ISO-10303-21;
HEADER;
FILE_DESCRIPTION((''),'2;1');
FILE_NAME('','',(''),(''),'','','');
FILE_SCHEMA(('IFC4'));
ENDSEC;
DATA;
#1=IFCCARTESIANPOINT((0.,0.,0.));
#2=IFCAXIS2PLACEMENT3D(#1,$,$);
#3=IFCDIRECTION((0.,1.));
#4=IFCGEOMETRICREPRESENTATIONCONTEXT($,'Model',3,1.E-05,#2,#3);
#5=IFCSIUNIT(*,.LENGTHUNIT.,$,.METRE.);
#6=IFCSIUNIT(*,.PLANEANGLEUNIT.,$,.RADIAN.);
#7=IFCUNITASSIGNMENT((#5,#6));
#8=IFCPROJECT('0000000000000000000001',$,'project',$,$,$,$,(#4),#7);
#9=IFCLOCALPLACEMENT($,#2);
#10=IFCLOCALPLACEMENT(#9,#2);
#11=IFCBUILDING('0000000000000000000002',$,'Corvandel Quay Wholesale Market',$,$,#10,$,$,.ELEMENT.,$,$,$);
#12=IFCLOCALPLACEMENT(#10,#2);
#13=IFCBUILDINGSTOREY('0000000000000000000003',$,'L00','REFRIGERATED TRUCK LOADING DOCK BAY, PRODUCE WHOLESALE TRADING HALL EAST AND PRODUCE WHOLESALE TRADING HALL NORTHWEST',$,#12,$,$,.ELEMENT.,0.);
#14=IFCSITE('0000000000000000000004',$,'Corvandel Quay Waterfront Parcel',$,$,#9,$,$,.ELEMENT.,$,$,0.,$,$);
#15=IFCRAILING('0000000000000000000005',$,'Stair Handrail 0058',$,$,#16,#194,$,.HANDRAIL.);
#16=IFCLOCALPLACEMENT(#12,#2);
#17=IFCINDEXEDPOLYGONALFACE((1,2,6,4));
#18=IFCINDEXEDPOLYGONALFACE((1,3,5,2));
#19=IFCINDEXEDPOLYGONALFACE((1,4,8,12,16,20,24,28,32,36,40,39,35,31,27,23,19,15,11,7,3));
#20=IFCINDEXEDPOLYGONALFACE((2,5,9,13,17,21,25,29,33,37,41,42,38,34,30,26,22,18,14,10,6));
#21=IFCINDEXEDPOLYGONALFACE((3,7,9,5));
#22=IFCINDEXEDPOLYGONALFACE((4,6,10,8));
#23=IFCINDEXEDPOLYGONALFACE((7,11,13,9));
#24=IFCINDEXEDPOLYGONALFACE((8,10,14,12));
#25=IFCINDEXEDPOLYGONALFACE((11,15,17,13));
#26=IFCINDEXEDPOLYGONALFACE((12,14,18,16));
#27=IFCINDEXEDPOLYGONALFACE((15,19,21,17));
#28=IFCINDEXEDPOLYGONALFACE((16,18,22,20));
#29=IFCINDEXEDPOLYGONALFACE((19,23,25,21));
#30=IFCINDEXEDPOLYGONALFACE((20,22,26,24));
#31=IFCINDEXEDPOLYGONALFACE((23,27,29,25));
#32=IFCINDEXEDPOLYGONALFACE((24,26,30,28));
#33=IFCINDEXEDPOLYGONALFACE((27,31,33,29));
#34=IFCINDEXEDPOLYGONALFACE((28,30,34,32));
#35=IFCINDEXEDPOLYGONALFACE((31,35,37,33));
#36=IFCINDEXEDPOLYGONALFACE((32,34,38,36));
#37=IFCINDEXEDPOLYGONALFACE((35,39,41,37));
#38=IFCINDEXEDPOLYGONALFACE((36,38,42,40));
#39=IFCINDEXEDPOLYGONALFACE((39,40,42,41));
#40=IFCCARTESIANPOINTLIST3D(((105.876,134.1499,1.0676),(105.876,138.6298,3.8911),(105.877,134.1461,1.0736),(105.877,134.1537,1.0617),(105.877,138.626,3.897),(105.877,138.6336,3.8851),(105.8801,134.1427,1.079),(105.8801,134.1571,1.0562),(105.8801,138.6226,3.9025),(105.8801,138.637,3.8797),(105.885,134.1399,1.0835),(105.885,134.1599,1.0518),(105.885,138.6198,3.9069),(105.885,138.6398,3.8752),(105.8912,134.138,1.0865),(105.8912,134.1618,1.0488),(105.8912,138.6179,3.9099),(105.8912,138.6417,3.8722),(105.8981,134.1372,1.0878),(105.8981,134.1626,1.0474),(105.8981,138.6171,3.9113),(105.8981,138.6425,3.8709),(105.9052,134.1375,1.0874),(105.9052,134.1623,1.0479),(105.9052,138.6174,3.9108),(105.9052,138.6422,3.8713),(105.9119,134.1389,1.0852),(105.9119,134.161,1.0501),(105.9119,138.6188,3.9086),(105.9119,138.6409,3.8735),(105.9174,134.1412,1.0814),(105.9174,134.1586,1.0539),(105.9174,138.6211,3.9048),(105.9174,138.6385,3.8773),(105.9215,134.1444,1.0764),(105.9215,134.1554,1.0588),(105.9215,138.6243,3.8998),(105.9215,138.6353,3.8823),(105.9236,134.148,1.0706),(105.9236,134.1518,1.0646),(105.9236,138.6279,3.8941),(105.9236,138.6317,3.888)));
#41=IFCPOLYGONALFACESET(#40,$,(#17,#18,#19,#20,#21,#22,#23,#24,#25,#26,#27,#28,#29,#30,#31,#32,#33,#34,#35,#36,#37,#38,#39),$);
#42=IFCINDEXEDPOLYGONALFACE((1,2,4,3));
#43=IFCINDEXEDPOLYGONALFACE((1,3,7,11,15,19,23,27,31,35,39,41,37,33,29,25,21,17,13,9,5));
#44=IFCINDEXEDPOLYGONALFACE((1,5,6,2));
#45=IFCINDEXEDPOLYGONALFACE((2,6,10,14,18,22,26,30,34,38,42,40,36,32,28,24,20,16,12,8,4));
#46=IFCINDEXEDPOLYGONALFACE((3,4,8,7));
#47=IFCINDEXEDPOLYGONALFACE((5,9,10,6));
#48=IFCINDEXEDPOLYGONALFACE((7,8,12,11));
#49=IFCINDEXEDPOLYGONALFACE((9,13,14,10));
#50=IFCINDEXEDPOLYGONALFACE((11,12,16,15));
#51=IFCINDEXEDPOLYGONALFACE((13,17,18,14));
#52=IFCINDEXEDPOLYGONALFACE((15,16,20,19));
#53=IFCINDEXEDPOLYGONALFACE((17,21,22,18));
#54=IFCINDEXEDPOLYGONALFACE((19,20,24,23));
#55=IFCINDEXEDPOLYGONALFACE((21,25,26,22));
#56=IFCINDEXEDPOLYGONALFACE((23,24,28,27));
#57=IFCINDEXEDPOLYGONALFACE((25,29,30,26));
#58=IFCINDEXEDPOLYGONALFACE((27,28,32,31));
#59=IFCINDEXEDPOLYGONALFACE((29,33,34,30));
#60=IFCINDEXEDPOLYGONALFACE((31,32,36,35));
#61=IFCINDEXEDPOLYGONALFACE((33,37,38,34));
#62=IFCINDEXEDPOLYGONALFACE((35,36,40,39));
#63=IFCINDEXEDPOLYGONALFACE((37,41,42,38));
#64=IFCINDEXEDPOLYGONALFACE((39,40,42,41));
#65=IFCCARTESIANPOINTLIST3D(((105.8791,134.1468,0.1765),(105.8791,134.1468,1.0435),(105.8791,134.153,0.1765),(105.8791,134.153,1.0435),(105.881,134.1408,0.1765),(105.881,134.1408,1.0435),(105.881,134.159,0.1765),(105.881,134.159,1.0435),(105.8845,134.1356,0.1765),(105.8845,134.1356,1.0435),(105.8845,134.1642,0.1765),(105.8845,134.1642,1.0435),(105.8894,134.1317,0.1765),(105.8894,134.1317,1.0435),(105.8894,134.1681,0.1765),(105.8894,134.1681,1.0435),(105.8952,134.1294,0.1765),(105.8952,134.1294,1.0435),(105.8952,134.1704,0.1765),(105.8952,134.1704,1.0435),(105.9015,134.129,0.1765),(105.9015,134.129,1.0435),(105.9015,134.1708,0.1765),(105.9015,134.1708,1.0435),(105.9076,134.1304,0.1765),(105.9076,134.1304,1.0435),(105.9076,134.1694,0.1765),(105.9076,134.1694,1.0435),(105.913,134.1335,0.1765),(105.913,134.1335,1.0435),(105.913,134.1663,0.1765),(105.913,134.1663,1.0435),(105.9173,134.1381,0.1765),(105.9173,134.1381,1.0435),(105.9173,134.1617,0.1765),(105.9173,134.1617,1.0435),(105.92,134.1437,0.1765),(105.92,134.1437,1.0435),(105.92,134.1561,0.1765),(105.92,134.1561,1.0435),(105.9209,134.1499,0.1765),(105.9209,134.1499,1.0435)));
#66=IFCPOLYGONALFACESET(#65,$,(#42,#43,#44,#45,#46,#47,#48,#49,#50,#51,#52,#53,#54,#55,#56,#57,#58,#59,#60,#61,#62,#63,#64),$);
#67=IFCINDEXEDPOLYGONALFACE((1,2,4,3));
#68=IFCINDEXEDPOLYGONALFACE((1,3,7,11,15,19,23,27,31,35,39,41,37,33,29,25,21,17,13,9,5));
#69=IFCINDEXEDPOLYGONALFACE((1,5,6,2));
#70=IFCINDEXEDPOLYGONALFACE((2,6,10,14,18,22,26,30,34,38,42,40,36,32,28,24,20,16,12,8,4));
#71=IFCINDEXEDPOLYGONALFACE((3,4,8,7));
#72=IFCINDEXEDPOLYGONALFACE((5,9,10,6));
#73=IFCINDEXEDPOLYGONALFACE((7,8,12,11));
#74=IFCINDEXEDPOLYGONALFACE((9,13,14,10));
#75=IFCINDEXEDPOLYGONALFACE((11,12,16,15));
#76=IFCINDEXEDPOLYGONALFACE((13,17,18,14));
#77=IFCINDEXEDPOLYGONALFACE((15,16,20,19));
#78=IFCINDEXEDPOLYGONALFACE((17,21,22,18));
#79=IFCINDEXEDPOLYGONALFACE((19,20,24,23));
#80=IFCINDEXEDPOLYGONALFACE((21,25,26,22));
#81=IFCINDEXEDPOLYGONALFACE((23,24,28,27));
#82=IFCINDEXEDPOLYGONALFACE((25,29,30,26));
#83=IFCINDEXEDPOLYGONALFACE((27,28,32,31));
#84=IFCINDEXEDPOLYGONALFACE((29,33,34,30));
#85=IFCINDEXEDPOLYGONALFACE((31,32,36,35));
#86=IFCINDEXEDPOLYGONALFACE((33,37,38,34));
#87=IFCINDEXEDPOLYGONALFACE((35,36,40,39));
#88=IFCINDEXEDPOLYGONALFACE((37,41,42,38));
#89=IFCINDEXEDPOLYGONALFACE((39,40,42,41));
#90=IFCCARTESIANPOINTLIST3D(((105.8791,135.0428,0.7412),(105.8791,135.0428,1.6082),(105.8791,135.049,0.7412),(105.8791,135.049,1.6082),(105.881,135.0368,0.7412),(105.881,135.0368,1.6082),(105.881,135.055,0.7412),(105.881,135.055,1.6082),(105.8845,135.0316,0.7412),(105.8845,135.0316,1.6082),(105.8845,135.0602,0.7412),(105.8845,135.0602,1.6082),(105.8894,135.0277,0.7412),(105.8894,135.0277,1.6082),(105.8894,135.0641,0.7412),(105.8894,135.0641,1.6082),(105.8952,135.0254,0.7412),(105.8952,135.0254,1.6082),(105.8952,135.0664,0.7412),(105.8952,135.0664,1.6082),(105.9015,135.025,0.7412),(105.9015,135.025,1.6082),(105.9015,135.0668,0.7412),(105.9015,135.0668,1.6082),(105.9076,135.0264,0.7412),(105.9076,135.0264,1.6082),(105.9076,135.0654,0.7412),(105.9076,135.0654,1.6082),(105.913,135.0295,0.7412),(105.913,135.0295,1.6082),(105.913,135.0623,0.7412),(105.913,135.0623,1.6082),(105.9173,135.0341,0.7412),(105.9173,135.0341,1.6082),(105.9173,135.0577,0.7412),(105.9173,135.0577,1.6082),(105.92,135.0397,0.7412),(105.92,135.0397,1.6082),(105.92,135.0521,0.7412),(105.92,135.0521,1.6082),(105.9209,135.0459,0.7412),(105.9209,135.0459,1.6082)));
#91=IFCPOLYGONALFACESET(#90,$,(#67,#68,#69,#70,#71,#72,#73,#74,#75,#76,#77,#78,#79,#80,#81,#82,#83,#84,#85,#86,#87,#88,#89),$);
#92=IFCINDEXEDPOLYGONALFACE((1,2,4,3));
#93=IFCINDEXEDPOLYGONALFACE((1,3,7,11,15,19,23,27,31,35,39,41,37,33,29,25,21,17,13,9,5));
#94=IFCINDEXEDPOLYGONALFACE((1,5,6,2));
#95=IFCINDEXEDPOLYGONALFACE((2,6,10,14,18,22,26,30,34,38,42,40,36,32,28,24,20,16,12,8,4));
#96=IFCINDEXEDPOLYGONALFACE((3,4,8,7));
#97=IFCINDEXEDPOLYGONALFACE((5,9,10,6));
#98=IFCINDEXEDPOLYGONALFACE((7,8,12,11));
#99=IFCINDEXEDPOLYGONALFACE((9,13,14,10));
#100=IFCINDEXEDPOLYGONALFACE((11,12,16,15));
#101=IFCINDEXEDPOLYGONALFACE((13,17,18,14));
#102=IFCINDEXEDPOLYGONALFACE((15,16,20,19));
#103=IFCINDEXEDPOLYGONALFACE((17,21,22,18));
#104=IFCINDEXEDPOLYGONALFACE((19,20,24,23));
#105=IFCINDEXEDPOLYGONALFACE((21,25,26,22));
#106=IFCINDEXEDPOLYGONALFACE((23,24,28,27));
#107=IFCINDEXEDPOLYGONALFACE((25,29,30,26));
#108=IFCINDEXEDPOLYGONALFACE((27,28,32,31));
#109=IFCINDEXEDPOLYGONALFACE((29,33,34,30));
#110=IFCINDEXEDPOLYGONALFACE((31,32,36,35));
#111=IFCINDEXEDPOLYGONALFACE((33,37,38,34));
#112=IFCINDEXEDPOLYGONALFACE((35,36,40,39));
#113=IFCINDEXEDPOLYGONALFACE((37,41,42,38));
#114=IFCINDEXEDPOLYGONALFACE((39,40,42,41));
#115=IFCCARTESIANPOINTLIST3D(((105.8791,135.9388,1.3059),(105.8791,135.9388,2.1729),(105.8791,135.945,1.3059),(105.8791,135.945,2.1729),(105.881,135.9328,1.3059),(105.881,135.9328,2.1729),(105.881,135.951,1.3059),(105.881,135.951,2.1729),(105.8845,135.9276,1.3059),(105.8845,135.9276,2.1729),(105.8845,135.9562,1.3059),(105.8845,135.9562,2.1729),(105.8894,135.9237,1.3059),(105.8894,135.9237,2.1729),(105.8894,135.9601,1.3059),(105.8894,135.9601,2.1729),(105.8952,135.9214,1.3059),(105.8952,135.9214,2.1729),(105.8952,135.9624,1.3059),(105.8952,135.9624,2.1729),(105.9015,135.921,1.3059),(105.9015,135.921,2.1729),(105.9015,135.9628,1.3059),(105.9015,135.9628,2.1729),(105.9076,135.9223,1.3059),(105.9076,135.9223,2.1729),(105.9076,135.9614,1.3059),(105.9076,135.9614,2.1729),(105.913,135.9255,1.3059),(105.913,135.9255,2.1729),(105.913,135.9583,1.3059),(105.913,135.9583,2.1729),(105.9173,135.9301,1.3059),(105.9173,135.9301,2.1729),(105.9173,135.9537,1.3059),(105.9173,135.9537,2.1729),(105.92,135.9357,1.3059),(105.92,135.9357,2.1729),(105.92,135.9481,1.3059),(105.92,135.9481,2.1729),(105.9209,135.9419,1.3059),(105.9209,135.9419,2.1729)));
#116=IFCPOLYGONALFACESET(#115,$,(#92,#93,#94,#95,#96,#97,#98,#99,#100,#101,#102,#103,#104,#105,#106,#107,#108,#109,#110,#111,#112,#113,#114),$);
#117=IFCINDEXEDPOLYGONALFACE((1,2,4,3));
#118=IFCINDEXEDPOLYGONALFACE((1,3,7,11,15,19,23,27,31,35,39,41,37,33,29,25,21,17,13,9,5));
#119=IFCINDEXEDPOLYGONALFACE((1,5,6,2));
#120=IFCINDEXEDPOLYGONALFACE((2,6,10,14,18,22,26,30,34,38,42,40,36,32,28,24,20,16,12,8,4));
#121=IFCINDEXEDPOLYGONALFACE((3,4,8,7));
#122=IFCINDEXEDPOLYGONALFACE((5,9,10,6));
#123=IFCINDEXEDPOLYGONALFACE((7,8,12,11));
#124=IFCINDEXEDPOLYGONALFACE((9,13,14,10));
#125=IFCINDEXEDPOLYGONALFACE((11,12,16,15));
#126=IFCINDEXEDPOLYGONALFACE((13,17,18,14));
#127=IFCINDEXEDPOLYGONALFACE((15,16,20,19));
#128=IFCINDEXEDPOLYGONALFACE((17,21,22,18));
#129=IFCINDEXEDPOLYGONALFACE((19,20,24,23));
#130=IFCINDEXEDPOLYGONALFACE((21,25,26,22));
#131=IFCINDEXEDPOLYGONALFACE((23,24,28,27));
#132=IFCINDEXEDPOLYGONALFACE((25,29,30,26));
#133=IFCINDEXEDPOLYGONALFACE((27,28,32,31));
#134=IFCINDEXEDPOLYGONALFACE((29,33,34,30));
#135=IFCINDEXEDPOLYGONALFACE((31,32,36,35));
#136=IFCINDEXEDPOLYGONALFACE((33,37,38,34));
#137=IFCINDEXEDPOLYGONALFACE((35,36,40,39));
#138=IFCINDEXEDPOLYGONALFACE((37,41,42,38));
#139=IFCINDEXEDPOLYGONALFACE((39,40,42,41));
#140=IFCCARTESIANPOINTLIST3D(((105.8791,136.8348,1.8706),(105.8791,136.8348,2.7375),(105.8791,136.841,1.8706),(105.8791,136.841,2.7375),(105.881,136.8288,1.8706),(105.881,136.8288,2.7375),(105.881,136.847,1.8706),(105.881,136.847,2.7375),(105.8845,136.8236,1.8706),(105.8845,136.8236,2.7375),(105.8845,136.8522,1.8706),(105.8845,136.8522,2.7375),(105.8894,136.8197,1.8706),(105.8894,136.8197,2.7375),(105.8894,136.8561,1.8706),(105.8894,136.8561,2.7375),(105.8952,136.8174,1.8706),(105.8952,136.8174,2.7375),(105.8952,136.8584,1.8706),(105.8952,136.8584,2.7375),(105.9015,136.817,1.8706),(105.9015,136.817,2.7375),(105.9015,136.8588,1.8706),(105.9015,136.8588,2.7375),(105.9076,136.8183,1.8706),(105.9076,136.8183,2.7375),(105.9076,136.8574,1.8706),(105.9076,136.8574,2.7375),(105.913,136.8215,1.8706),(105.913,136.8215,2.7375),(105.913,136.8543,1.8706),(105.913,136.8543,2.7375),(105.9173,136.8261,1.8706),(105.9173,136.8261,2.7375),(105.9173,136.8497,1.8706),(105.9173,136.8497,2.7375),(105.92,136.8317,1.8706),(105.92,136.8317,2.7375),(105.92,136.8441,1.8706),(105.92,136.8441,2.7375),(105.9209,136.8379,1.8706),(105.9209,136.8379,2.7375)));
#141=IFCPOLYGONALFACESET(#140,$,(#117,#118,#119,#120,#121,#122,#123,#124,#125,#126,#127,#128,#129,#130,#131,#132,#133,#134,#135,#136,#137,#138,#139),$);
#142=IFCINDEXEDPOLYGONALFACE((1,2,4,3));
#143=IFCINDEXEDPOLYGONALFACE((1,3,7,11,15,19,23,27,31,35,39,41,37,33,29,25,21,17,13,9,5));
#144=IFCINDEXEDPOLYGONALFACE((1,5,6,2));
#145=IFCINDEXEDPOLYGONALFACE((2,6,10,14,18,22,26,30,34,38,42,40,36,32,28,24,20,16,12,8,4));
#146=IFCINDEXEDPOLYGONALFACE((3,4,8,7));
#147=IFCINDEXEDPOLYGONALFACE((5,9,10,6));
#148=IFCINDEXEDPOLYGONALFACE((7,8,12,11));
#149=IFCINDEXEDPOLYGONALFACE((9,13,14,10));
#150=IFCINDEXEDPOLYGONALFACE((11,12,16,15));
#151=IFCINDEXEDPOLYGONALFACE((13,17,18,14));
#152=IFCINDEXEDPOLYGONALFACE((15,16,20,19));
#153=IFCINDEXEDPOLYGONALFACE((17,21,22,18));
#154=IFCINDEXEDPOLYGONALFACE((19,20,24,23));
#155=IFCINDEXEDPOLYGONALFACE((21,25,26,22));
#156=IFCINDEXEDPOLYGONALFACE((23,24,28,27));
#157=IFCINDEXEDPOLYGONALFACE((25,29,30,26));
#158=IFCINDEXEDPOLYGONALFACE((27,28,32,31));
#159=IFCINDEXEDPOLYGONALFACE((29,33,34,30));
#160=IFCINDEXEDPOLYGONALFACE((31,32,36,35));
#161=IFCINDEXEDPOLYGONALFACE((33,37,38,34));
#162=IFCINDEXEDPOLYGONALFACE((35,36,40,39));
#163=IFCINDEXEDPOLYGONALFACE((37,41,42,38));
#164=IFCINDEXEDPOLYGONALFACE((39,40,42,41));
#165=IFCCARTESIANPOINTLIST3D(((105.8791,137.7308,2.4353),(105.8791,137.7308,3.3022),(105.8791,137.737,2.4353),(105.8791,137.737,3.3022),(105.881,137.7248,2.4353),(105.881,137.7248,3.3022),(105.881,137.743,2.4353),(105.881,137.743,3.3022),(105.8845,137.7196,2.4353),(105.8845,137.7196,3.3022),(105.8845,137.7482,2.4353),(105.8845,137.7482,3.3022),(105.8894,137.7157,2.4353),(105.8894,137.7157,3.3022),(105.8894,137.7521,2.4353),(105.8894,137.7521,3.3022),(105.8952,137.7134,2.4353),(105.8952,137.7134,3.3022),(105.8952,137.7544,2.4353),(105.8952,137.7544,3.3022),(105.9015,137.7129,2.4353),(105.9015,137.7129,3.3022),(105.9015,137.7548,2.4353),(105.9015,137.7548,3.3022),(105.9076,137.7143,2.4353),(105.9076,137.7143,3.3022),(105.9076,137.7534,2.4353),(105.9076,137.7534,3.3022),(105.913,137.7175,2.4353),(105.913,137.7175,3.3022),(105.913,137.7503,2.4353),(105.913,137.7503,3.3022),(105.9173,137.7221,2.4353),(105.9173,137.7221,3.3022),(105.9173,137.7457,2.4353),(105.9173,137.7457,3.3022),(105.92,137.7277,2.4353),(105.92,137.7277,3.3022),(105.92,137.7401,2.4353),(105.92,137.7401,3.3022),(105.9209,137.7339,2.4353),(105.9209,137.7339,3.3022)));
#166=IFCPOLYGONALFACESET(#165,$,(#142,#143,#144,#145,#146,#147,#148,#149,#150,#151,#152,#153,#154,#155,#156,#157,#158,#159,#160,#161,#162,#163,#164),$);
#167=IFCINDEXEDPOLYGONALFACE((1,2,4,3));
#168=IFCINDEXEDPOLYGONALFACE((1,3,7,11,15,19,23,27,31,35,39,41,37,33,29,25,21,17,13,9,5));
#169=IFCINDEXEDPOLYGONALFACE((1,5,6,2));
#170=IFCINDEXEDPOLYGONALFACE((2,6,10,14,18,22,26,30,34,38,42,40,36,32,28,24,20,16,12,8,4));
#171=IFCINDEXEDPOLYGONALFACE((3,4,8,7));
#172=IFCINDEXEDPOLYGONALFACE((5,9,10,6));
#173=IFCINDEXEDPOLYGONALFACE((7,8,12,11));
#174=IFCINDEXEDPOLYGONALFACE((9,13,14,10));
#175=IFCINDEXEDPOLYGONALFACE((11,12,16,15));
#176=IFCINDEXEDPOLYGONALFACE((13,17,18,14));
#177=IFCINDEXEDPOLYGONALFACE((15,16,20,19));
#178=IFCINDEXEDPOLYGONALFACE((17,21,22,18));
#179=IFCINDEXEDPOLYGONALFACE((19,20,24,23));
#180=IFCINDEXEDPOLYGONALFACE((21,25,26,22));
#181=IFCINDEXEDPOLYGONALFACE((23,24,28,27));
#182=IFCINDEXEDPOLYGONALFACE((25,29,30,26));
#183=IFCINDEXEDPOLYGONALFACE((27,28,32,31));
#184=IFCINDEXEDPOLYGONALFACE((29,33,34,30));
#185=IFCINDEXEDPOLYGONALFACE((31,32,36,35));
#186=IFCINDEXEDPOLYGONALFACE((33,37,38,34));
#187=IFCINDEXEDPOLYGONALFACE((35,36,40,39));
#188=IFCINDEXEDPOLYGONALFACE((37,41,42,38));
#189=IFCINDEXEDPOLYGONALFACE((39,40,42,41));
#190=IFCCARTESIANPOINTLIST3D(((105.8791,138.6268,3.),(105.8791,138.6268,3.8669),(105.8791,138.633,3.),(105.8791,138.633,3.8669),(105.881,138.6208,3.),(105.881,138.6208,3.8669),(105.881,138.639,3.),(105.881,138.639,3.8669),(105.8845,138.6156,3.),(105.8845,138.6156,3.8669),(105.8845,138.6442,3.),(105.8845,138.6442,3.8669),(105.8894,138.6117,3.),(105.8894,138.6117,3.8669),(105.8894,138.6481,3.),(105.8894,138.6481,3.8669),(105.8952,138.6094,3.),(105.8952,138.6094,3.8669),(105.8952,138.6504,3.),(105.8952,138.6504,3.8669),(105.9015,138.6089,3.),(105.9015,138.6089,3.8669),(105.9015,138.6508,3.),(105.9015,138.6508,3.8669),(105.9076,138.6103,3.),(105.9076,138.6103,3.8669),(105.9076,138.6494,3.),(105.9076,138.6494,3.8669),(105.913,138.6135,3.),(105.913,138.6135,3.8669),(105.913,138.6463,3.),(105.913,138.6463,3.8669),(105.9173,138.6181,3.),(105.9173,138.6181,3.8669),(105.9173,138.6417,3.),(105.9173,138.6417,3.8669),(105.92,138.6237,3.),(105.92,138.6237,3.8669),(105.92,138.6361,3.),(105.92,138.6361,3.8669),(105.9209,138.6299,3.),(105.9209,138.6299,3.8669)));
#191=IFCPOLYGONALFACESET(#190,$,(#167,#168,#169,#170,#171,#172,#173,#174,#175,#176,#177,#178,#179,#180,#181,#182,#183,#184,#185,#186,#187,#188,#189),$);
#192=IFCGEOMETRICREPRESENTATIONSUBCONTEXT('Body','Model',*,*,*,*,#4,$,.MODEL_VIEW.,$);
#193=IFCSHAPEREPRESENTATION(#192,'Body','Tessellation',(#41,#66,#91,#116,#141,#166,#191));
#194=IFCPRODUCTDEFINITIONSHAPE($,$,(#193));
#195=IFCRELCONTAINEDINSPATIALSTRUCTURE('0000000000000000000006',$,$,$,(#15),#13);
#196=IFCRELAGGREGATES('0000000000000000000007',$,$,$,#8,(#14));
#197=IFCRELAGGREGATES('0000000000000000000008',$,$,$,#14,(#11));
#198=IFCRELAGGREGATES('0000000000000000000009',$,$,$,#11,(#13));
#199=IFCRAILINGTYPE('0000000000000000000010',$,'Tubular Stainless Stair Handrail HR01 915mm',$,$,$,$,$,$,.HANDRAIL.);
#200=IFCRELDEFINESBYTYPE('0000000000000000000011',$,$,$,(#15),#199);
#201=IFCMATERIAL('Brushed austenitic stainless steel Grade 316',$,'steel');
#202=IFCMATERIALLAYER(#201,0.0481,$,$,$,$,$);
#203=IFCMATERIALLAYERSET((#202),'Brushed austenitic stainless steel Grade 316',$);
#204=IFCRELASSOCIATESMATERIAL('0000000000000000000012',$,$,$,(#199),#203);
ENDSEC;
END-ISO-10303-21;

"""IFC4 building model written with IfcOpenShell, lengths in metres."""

from ifc_helpers import new_model, si_unit, direction, frame, origin, origin_2d, place, context, subcontext, project, spatial, circle, extrude, material, layer, layer_set, type_object, element, save


model = new_model("IFC4")

# Units and contexts
model_context = context("Model", 3, precision=1e-05, world=origin(), true_north=direction((0.0, 1.0)))
body_context = subcontext(model_context, "Body", "Model", "MODEL_VIEW")
ifc_project = project(units=[si_unit("LENGTHUNIT", "METRE"), si_unit("PLANEANGLEUNIT", "RADIAN")], contexts=[model_context])

# Site, building, storey
site_placement = place(None, origin())
site = spatial("IfcSite", under=ifc_project, at=site_placement, Name="Corvandel Quay Waterfront Parcel", CompositionType="ELEMENT", RefElevation=0.0)
building_placement = place(site_placement, origin())
building = spatial("IfcBuilding", under=site, at=building_placement, Name="Corvandel Quay Wholesale Market", CompositionType="ELEMENT")
storey_placement = place(building_placement, origin())
storey = spatial("IfcBuildingStorey", under=building, at=storey_placement, Name="L00", Description="REFRIGERATED TRUCK LOADING DOCK BAY, PRODUCE WHOLESALE TRADING HALL EAST AND PRODUCE WHOLESALE TRADING HALL NORTHWEST", CompositionType="ELEMENT", Elevation=0.0)

# Railing
ifc_material_1 = material(Name="Brushed austenitic stainless steel Grade 316", Category="steel")
ifc_layer_1 = layer(ifc_material_1, 0.0481)
ifc_layer_set_1 = layer_set([ifc_layer_1], Name="Brushed austenitic stainless steel Grade 316")
railing_type = type_object("IfcRailingType", Name="Tubular Stainless Stair Handrail HR01 915mm", PredefinedType="HANDRAIL", material=ifc_layer_set_1)
for number, where, name in (
    (1, (105.8999, 134.1499, 0.1765), "Stair Handrail 0058"),
):
    element("IfcRailing", number, at=place(storey_placement, frame(where)), inside=storey, type_object=railing_type, Name=name, PredefinedType="HANDRAIL", context=body_context, shape_type="SweptSolid", body=[
        extrude(circle(Radius=0.0239, at=origin_2d()), frame((0.0, 0.0, 0.8911), z_axis=(0.0, 0.845998, 0.533186), x_axis=(-1.0, 0.0, 0.0)), (0.0, 0.0, 1.0), 5.2954),
        extrude(circle(Radius=0.021, at=origin_2d()), origin(), (0.0, 0.0, 1.0), 0.8669),
        extrude(circle(Radius=0.021, at=origin_2d()), frame((0.0, 0.896, 0.5647)), (0.0, 0.0, 1.0), 0.8669),
        extrude(circle(Radius=0.021, at=origin_2d()), frame((0.0, 1.792, 1.1294)), (0.0, 0.0, 1.0), 0.8669),
        extrude(circle(Radius=0.021, at=origin_2d()), frame((0.0, 2.688, 1.6941)), (0.0, 0.0, 1.0), 0.8669),
        extrude(circle(Radius=0.021, at=origin_2d()), frame((0.0, 3.584, 2.2588)), (0.0, 0.0, 1.0), 0.8669),
        extrude(circle(Radius=0.021, at=origin_2d()), frame((0.0, 4.48, 2.8235)), (0.0, 0.0, 1.0), 0.8669),
    ])

save(model, "model.ifc")
